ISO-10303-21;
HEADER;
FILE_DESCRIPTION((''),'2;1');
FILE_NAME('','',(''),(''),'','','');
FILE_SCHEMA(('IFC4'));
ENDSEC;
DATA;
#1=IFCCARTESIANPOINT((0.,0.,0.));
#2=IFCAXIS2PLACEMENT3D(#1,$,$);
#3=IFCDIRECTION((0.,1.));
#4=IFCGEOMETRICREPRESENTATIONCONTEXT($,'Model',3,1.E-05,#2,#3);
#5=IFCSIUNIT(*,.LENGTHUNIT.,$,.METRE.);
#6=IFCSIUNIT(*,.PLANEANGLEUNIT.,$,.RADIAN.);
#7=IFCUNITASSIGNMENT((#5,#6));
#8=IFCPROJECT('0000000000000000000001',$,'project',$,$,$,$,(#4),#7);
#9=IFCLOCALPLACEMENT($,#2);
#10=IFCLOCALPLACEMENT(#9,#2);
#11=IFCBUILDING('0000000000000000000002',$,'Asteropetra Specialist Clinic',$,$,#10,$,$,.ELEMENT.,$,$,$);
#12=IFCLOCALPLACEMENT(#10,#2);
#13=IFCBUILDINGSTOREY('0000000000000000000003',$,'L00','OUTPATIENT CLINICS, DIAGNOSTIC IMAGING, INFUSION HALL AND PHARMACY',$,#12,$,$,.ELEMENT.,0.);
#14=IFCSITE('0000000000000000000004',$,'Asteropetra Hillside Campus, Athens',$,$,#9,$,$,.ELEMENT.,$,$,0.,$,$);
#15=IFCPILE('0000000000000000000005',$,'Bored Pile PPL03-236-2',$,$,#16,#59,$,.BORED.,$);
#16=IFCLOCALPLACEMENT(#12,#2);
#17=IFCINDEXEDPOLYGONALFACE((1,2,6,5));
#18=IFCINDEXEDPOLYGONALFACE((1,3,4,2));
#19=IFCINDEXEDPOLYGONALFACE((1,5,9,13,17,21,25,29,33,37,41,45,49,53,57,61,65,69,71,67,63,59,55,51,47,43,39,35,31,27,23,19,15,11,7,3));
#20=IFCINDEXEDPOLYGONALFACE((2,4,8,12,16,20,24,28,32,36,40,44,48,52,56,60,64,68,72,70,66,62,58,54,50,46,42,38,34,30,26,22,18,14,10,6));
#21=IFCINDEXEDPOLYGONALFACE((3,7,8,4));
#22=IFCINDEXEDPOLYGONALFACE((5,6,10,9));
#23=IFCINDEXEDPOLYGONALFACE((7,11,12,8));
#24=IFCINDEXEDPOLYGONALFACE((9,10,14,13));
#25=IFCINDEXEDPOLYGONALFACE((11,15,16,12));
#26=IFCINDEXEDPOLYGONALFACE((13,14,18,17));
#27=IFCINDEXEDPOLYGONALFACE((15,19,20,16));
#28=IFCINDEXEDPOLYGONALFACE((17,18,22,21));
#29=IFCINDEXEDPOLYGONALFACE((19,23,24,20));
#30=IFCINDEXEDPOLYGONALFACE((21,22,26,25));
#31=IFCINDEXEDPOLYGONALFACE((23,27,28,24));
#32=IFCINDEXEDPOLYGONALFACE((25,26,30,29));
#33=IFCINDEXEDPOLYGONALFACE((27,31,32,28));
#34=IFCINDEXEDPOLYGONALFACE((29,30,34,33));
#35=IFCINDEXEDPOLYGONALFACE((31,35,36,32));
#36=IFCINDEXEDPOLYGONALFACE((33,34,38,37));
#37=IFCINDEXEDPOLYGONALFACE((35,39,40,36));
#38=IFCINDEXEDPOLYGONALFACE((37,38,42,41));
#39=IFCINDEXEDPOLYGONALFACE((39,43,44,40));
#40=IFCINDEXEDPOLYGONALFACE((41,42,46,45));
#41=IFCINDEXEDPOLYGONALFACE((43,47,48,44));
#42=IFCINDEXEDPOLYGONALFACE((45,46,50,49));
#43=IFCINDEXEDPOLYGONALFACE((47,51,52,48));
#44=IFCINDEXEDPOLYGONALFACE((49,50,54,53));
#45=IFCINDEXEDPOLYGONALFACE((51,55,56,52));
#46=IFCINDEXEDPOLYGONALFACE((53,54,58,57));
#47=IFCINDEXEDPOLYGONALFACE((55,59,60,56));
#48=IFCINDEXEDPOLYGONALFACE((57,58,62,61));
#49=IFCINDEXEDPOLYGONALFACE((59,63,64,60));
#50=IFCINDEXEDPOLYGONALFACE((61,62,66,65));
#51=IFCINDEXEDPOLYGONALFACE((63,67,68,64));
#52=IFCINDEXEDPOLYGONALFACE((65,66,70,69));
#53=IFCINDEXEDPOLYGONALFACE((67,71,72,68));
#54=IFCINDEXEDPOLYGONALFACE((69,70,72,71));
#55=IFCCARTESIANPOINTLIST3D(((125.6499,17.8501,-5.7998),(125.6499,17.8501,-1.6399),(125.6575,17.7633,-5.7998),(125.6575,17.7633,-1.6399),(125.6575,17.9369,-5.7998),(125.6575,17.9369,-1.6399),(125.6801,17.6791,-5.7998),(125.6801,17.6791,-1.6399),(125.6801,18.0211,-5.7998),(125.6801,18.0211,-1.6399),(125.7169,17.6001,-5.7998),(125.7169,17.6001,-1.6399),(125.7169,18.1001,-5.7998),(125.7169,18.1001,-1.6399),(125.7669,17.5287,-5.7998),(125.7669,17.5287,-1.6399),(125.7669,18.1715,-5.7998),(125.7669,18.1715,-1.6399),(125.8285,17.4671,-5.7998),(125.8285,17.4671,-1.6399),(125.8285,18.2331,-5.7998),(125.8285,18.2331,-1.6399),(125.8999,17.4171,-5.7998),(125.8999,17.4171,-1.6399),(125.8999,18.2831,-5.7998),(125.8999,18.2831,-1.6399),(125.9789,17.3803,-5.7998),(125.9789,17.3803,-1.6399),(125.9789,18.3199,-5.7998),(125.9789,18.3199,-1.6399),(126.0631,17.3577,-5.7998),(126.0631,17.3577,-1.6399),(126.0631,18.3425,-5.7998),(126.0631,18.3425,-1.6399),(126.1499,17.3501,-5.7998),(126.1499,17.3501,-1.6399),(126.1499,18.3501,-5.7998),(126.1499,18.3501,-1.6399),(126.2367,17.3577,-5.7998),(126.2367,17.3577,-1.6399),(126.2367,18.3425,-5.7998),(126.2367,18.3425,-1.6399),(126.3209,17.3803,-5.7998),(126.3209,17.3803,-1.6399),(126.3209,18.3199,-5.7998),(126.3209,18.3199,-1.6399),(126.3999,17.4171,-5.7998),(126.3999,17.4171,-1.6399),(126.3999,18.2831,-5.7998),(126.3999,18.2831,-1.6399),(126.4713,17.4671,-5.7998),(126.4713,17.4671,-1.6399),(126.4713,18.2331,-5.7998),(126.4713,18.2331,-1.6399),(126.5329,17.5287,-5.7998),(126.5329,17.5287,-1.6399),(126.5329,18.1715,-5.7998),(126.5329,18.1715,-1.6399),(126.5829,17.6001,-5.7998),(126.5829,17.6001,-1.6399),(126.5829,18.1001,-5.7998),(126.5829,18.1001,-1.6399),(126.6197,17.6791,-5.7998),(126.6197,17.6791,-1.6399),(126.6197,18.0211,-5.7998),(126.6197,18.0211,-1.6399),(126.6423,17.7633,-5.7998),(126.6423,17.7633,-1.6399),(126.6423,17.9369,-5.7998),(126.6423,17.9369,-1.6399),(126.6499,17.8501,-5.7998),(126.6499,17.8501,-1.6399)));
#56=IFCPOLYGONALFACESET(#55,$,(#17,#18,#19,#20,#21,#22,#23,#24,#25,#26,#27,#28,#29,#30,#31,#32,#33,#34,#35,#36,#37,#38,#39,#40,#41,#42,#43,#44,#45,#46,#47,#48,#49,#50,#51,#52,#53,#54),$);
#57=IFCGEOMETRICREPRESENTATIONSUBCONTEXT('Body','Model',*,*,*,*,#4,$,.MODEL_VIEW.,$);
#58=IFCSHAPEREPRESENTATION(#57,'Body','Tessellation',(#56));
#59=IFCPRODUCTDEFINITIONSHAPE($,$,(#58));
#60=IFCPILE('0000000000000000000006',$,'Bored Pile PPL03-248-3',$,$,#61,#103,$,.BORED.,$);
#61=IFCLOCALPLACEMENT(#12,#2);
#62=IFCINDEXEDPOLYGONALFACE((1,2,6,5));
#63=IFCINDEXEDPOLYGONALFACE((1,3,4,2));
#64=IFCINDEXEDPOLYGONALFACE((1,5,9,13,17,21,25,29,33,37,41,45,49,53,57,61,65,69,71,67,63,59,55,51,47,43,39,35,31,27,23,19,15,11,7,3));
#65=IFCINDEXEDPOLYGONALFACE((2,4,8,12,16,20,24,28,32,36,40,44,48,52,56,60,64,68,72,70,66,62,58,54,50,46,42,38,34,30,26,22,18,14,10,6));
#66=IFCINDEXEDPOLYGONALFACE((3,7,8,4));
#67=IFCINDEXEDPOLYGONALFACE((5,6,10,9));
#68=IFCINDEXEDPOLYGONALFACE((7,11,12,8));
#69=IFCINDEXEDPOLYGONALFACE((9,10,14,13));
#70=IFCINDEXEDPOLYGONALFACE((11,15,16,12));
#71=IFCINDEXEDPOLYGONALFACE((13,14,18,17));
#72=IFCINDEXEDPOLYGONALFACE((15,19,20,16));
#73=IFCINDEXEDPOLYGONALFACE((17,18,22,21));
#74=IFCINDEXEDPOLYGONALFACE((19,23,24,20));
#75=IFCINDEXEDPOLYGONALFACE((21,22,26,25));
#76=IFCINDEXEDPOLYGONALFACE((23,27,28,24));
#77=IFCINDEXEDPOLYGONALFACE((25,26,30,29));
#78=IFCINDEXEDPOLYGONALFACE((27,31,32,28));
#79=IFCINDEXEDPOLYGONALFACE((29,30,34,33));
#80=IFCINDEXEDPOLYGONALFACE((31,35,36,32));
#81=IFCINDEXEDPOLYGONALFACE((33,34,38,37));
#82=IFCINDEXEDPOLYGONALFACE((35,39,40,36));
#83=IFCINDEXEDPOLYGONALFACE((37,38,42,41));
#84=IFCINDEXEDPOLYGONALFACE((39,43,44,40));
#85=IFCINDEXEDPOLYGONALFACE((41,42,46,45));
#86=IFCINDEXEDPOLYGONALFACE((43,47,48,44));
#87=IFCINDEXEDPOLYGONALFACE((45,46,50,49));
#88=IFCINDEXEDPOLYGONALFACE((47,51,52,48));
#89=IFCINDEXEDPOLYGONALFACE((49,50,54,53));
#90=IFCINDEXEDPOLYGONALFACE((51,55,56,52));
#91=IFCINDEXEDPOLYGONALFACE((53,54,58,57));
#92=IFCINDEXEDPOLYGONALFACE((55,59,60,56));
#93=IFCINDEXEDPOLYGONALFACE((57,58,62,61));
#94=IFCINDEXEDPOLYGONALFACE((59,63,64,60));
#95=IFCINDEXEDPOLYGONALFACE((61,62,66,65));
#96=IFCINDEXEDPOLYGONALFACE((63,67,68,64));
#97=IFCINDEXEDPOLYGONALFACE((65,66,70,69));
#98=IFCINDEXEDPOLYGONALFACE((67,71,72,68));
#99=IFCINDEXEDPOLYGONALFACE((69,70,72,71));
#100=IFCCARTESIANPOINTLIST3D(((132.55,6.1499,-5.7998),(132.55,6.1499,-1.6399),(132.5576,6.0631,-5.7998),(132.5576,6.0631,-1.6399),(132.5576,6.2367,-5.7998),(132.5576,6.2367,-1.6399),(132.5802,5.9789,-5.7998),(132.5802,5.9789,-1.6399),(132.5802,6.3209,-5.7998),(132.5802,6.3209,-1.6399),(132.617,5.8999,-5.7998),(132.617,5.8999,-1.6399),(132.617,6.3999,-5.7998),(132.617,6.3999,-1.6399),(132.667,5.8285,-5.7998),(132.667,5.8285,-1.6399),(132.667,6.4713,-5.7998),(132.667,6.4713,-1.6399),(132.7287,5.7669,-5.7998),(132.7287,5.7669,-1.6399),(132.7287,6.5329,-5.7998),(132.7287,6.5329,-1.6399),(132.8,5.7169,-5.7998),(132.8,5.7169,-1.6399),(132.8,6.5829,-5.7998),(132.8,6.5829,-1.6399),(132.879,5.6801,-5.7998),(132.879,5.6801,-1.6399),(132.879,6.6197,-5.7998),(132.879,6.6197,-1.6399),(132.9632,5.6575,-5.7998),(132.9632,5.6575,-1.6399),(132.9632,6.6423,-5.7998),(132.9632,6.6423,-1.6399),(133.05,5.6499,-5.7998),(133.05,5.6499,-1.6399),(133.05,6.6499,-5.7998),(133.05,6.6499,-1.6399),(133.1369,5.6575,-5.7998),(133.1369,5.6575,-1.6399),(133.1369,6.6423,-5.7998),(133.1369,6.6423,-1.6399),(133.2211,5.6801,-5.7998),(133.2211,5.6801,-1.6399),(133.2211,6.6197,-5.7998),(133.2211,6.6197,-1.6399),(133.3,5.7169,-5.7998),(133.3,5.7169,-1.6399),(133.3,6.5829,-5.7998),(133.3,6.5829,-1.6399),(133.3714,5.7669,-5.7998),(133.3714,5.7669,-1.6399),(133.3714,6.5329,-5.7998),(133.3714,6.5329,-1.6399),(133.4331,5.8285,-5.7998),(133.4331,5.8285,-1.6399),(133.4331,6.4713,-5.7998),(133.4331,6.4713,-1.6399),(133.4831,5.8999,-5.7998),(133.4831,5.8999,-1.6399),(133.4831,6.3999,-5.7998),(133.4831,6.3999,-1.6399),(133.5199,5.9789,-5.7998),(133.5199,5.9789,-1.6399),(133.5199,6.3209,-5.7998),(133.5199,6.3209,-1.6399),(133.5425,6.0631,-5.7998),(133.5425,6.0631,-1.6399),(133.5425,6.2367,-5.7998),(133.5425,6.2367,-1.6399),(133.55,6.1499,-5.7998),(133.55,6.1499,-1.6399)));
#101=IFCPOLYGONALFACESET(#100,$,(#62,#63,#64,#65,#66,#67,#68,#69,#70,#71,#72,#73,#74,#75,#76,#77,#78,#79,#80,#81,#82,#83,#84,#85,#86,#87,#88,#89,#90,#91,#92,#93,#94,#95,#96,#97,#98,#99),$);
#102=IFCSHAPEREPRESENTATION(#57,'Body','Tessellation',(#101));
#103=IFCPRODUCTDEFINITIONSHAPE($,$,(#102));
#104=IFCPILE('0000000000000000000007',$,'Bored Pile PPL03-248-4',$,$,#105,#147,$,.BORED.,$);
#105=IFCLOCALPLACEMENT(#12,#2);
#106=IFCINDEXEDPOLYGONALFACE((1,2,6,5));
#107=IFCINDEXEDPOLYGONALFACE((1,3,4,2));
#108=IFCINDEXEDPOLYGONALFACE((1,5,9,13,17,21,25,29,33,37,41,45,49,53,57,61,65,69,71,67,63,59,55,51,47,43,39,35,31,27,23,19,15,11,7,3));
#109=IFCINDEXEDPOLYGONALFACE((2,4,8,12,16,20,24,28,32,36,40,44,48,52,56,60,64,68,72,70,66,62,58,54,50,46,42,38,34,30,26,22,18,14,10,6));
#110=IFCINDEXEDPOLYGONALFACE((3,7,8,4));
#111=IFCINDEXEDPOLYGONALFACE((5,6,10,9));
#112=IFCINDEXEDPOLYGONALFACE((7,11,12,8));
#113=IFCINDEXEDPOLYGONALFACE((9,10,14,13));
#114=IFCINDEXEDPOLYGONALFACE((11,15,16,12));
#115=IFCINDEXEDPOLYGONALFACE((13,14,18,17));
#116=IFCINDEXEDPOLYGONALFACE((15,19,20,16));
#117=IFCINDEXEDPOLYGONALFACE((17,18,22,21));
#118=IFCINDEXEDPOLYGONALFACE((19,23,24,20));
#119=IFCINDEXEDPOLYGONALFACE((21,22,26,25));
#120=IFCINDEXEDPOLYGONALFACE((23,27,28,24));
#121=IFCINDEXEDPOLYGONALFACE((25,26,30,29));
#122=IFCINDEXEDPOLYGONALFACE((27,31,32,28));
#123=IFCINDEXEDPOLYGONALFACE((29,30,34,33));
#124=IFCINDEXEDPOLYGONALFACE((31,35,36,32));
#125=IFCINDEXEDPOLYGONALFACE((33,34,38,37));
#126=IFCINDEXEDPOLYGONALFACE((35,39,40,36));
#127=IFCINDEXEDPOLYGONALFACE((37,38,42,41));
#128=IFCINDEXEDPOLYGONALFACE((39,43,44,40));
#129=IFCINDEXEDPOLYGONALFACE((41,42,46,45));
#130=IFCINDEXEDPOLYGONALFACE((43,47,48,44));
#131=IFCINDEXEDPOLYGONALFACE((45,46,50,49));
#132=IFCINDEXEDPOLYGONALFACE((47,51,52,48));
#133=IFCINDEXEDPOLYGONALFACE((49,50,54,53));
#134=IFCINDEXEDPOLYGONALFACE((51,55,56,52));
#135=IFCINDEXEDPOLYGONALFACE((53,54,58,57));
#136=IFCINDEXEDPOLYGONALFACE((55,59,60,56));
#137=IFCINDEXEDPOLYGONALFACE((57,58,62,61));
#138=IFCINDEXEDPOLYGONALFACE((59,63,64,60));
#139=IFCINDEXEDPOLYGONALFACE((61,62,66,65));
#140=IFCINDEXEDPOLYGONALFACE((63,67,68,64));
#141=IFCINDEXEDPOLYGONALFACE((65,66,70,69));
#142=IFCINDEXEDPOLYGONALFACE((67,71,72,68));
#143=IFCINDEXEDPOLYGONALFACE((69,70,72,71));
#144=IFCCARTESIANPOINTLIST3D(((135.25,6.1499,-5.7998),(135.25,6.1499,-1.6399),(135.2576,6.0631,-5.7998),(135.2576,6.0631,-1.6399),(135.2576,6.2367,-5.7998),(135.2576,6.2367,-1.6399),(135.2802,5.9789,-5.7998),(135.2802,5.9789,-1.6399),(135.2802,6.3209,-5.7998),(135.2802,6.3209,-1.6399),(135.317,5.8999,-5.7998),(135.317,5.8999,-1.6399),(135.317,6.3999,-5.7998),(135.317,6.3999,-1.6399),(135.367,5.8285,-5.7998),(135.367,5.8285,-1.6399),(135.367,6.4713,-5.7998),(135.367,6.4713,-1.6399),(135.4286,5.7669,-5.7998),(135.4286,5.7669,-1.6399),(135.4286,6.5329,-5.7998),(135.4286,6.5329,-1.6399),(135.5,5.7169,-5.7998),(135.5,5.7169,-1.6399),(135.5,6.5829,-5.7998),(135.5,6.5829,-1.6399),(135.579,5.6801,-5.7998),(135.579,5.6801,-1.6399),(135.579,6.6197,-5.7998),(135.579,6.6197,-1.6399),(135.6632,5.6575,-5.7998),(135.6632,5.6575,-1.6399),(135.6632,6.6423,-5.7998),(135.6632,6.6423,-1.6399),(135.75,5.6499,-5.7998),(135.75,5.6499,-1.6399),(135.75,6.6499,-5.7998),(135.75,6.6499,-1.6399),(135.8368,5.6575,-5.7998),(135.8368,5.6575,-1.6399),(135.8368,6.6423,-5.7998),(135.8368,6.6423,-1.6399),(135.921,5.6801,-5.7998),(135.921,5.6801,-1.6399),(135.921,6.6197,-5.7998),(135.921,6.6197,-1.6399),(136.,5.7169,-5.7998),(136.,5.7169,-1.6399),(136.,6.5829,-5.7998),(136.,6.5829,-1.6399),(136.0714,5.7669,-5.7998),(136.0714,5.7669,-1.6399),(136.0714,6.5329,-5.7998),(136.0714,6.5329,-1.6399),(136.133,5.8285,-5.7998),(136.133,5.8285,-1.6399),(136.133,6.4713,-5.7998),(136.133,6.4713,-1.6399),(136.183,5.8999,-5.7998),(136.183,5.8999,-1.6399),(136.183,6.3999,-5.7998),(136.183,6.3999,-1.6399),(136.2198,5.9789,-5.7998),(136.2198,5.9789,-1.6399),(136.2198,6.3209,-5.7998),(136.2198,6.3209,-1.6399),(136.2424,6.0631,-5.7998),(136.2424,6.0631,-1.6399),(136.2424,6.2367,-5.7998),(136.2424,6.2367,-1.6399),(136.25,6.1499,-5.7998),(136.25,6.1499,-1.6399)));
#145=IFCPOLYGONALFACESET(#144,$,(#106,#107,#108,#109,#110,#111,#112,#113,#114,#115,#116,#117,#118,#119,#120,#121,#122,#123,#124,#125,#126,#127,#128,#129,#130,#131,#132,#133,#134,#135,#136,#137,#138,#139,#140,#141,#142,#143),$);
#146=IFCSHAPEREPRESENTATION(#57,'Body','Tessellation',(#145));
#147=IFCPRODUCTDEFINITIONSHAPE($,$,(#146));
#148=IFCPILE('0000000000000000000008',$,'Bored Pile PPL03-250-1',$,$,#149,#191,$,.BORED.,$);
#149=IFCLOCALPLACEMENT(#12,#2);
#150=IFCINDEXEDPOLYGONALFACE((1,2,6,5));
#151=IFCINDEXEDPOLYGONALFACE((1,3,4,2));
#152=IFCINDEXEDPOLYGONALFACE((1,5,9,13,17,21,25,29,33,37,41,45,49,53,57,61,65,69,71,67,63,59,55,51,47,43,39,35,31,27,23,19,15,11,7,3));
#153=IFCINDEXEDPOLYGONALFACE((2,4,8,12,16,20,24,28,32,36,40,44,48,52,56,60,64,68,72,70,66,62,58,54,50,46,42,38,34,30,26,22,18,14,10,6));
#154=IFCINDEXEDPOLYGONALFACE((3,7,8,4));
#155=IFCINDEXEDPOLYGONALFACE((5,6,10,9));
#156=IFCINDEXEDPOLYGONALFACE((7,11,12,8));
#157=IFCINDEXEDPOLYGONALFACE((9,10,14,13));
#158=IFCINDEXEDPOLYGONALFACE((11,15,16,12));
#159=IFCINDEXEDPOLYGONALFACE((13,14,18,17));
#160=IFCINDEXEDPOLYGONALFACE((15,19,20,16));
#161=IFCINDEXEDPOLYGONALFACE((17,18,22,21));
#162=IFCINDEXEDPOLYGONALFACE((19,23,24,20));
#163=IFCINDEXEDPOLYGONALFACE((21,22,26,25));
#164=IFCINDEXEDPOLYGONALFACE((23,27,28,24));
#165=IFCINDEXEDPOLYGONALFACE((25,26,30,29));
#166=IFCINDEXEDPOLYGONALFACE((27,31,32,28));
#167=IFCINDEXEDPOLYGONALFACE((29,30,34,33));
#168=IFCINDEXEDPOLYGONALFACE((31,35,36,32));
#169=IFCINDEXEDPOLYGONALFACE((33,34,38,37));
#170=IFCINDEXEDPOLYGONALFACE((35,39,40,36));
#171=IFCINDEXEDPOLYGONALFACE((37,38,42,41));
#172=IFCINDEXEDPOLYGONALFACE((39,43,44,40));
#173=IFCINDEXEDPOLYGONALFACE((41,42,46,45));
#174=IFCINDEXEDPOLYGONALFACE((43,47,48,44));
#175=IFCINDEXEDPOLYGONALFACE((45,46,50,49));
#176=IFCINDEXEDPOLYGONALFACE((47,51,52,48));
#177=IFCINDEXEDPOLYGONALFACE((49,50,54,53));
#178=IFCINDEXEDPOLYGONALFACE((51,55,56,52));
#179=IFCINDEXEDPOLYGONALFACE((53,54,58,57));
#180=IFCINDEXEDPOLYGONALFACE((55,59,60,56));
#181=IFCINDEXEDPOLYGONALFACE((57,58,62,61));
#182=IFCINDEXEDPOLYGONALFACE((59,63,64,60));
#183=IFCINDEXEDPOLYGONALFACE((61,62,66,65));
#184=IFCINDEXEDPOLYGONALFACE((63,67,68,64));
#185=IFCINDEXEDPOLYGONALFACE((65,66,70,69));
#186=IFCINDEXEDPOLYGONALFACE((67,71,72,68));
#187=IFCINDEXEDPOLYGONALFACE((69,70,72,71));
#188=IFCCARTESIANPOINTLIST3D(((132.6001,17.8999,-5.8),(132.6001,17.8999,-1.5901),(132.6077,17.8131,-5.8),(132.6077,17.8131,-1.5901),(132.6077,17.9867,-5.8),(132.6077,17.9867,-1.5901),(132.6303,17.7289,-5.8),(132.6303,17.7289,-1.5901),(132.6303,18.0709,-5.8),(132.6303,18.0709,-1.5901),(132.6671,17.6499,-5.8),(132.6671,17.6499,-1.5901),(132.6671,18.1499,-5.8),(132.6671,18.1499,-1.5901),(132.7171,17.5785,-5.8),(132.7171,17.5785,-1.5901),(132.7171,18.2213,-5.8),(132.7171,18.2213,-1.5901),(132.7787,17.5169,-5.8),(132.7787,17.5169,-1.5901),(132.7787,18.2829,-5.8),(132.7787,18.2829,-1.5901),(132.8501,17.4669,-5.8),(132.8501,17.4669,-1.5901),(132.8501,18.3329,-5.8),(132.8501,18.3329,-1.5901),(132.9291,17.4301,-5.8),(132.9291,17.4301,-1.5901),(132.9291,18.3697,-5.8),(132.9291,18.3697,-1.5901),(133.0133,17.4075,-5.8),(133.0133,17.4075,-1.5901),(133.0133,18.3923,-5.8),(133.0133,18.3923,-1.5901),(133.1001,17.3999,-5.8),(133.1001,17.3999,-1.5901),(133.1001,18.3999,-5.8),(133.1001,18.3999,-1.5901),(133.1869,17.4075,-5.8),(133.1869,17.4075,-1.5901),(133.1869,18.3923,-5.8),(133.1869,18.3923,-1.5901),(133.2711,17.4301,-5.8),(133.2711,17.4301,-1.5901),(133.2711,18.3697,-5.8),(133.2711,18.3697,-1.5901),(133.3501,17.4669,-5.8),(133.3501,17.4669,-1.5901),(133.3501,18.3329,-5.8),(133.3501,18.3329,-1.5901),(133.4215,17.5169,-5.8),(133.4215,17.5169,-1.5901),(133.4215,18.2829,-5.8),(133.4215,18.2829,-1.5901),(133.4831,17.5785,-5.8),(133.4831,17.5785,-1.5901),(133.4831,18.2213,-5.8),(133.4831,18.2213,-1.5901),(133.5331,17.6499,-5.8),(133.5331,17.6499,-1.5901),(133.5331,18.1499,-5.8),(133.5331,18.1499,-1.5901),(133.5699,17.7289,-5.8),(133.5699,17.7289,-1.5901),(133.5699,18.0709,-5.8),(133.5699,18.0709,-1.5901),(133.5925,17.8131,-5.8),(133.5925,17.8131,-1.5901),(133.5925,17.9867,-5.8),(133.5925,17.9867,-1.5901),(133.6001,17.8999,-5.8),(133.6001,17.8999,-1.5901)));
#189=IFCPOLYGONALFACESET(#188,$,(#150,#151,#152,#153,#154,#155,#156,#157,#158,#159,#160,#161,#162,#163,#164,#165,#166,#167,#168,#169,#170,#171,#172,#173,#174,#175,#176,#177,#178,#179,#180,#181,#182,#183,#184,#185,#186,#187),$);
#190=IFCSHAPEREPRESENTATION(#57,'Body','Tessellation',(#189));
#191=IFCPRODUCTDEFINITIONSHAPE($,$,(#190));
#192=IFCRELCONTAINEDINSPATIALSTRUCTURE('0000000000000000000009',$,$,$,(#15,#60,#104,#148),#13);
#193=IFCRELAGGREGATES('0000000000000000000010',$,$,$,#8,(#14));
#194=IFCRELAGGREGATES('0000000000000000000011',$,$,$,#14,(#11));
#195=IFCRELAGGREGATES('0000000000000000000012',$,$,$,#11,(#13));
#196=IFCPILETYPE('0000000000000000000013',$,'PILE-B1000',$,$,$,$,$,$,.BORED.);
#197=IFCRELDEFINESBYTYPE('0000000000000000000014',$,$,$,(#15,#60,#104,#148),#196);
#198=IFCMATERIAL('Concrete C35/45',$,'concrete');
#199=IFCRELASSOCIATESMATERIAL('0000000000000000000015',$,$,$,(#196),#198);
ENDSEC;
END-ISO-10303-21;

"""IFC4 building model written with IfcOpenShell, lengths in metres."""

from ifc_helpers import new_model, si_unit, direction, frame, origin, origin_2d, place, context, subcontext, project, spatial, circle, extrude, material, material_profile, profile_set, type_object, element, save


model = new_model("IFC4")

# Units and contexts
model_context = context("Model", 3, precision=1e-05, world=origin(), true_north=direction((0.0, 1.0)))
body_context = subcontext(model_context, "Body", "Model", "MODEL_VIEW")
ifc_project = project(units=[si_unit("LENGTHUNIT", "METRE"), si_unit("PLANEANGLEUNIT", "RADIAN")], contexts=[model_context])

# Site, building, storey
site_placement = place(None, origin())
site = spatial("IfcSite", under=ifc_project, at=site_placement, Name="Asteropetra Hillside Campus, Athens", CompositionType="ELEMENT", RefElevation=0.0)
building_placement = place(site_placement, origin())
building = spatial("IfcBuilding", under=site, at=building_placement, Name="Asteropetra Specialist Clinic", CompositionType="ELEMENT")
storey_placement = place(building_placement, origin())
storey = spatial("IfcBuildingStorey", under=building, at=storey_placement, Name="L00", Description="OUTPATIENT CLINICS, DIAGNOSTIC IMAGING, INFUSION HALL AND PHARMACY", CompositionType="ELEMENT", Elevation=0.0)

# Piles
ifc_material_1 = material(Name="Concrete C35/45", Category="concrete")
ifc_material_profile_1 = material_profile(ifc_material_1, circle(Radius=0.5, at=origin_2d()), Name="PILE D1000")
ifc_profile_set_1 = profile_set([ifc_material_profile_1], Name="Concrete C35/45")
pile_type_1 = type_object("IfcPileType", Name="PILE-B1000", PredefinedType="BORED", material=ifc_profile_set_1)
for number, where, z_axis, x_axis, name in (
    (1, (126.1499, 17.8501, -1.6399), (0.0, 0.0, -1.0), (1.0, 0.0, 0.0), "Bored Pile PPL03-236-2"),
    (2, (133.05, 6.1499, -1.6399), (0.0, 0.0, -1.0), (1.0, 0.0, 0.0), "Bored Pile PPL03-248-3"),
    (3, (135.75, 6.1499, -1.6399), (0.0, 0.0, -1.0), (1.0, 0.0, 0.0), "Bored Pile PPL03-248-4"),
):
    element("IfcPile", number, at=place(storey_placement, frame(where, z_axis=z_axis, x_axis=x_axis)), inside=storey, type_object=pile_type_1, Name=name, PredefinedType="BORED", context=body_context, shape_type="SweptSolid", body=[
        extrude(circle(Radius=0.5, at=origin_2d()), origin(), (0.0, 0.0, 1.0), 4.1599),
    ])
for number, where, z_axis, x_axis, name in (
    (4, (133.1001, 17.8999, -1.5901), (0.0, 0.0, -1.0), (1.0, 0.0, 0.0), "Bored Pile PPL03-250-1"),
):
    element("IfcPile", number, at=place(storey_placement, frame(where, z_axis=z_axis, x_axis=x_axis)), inside=storey, type_object=pile_type_1, Name=name, PredefinedType="BORED", context=body_context, shape_type="SweptSolid", body=[
        extrude(circle(Radius=0.5, at=origin_2d()), origin(), (0.0, 0.0, 1.0), 4.21),
    ])

save(model, "model.ifc")
